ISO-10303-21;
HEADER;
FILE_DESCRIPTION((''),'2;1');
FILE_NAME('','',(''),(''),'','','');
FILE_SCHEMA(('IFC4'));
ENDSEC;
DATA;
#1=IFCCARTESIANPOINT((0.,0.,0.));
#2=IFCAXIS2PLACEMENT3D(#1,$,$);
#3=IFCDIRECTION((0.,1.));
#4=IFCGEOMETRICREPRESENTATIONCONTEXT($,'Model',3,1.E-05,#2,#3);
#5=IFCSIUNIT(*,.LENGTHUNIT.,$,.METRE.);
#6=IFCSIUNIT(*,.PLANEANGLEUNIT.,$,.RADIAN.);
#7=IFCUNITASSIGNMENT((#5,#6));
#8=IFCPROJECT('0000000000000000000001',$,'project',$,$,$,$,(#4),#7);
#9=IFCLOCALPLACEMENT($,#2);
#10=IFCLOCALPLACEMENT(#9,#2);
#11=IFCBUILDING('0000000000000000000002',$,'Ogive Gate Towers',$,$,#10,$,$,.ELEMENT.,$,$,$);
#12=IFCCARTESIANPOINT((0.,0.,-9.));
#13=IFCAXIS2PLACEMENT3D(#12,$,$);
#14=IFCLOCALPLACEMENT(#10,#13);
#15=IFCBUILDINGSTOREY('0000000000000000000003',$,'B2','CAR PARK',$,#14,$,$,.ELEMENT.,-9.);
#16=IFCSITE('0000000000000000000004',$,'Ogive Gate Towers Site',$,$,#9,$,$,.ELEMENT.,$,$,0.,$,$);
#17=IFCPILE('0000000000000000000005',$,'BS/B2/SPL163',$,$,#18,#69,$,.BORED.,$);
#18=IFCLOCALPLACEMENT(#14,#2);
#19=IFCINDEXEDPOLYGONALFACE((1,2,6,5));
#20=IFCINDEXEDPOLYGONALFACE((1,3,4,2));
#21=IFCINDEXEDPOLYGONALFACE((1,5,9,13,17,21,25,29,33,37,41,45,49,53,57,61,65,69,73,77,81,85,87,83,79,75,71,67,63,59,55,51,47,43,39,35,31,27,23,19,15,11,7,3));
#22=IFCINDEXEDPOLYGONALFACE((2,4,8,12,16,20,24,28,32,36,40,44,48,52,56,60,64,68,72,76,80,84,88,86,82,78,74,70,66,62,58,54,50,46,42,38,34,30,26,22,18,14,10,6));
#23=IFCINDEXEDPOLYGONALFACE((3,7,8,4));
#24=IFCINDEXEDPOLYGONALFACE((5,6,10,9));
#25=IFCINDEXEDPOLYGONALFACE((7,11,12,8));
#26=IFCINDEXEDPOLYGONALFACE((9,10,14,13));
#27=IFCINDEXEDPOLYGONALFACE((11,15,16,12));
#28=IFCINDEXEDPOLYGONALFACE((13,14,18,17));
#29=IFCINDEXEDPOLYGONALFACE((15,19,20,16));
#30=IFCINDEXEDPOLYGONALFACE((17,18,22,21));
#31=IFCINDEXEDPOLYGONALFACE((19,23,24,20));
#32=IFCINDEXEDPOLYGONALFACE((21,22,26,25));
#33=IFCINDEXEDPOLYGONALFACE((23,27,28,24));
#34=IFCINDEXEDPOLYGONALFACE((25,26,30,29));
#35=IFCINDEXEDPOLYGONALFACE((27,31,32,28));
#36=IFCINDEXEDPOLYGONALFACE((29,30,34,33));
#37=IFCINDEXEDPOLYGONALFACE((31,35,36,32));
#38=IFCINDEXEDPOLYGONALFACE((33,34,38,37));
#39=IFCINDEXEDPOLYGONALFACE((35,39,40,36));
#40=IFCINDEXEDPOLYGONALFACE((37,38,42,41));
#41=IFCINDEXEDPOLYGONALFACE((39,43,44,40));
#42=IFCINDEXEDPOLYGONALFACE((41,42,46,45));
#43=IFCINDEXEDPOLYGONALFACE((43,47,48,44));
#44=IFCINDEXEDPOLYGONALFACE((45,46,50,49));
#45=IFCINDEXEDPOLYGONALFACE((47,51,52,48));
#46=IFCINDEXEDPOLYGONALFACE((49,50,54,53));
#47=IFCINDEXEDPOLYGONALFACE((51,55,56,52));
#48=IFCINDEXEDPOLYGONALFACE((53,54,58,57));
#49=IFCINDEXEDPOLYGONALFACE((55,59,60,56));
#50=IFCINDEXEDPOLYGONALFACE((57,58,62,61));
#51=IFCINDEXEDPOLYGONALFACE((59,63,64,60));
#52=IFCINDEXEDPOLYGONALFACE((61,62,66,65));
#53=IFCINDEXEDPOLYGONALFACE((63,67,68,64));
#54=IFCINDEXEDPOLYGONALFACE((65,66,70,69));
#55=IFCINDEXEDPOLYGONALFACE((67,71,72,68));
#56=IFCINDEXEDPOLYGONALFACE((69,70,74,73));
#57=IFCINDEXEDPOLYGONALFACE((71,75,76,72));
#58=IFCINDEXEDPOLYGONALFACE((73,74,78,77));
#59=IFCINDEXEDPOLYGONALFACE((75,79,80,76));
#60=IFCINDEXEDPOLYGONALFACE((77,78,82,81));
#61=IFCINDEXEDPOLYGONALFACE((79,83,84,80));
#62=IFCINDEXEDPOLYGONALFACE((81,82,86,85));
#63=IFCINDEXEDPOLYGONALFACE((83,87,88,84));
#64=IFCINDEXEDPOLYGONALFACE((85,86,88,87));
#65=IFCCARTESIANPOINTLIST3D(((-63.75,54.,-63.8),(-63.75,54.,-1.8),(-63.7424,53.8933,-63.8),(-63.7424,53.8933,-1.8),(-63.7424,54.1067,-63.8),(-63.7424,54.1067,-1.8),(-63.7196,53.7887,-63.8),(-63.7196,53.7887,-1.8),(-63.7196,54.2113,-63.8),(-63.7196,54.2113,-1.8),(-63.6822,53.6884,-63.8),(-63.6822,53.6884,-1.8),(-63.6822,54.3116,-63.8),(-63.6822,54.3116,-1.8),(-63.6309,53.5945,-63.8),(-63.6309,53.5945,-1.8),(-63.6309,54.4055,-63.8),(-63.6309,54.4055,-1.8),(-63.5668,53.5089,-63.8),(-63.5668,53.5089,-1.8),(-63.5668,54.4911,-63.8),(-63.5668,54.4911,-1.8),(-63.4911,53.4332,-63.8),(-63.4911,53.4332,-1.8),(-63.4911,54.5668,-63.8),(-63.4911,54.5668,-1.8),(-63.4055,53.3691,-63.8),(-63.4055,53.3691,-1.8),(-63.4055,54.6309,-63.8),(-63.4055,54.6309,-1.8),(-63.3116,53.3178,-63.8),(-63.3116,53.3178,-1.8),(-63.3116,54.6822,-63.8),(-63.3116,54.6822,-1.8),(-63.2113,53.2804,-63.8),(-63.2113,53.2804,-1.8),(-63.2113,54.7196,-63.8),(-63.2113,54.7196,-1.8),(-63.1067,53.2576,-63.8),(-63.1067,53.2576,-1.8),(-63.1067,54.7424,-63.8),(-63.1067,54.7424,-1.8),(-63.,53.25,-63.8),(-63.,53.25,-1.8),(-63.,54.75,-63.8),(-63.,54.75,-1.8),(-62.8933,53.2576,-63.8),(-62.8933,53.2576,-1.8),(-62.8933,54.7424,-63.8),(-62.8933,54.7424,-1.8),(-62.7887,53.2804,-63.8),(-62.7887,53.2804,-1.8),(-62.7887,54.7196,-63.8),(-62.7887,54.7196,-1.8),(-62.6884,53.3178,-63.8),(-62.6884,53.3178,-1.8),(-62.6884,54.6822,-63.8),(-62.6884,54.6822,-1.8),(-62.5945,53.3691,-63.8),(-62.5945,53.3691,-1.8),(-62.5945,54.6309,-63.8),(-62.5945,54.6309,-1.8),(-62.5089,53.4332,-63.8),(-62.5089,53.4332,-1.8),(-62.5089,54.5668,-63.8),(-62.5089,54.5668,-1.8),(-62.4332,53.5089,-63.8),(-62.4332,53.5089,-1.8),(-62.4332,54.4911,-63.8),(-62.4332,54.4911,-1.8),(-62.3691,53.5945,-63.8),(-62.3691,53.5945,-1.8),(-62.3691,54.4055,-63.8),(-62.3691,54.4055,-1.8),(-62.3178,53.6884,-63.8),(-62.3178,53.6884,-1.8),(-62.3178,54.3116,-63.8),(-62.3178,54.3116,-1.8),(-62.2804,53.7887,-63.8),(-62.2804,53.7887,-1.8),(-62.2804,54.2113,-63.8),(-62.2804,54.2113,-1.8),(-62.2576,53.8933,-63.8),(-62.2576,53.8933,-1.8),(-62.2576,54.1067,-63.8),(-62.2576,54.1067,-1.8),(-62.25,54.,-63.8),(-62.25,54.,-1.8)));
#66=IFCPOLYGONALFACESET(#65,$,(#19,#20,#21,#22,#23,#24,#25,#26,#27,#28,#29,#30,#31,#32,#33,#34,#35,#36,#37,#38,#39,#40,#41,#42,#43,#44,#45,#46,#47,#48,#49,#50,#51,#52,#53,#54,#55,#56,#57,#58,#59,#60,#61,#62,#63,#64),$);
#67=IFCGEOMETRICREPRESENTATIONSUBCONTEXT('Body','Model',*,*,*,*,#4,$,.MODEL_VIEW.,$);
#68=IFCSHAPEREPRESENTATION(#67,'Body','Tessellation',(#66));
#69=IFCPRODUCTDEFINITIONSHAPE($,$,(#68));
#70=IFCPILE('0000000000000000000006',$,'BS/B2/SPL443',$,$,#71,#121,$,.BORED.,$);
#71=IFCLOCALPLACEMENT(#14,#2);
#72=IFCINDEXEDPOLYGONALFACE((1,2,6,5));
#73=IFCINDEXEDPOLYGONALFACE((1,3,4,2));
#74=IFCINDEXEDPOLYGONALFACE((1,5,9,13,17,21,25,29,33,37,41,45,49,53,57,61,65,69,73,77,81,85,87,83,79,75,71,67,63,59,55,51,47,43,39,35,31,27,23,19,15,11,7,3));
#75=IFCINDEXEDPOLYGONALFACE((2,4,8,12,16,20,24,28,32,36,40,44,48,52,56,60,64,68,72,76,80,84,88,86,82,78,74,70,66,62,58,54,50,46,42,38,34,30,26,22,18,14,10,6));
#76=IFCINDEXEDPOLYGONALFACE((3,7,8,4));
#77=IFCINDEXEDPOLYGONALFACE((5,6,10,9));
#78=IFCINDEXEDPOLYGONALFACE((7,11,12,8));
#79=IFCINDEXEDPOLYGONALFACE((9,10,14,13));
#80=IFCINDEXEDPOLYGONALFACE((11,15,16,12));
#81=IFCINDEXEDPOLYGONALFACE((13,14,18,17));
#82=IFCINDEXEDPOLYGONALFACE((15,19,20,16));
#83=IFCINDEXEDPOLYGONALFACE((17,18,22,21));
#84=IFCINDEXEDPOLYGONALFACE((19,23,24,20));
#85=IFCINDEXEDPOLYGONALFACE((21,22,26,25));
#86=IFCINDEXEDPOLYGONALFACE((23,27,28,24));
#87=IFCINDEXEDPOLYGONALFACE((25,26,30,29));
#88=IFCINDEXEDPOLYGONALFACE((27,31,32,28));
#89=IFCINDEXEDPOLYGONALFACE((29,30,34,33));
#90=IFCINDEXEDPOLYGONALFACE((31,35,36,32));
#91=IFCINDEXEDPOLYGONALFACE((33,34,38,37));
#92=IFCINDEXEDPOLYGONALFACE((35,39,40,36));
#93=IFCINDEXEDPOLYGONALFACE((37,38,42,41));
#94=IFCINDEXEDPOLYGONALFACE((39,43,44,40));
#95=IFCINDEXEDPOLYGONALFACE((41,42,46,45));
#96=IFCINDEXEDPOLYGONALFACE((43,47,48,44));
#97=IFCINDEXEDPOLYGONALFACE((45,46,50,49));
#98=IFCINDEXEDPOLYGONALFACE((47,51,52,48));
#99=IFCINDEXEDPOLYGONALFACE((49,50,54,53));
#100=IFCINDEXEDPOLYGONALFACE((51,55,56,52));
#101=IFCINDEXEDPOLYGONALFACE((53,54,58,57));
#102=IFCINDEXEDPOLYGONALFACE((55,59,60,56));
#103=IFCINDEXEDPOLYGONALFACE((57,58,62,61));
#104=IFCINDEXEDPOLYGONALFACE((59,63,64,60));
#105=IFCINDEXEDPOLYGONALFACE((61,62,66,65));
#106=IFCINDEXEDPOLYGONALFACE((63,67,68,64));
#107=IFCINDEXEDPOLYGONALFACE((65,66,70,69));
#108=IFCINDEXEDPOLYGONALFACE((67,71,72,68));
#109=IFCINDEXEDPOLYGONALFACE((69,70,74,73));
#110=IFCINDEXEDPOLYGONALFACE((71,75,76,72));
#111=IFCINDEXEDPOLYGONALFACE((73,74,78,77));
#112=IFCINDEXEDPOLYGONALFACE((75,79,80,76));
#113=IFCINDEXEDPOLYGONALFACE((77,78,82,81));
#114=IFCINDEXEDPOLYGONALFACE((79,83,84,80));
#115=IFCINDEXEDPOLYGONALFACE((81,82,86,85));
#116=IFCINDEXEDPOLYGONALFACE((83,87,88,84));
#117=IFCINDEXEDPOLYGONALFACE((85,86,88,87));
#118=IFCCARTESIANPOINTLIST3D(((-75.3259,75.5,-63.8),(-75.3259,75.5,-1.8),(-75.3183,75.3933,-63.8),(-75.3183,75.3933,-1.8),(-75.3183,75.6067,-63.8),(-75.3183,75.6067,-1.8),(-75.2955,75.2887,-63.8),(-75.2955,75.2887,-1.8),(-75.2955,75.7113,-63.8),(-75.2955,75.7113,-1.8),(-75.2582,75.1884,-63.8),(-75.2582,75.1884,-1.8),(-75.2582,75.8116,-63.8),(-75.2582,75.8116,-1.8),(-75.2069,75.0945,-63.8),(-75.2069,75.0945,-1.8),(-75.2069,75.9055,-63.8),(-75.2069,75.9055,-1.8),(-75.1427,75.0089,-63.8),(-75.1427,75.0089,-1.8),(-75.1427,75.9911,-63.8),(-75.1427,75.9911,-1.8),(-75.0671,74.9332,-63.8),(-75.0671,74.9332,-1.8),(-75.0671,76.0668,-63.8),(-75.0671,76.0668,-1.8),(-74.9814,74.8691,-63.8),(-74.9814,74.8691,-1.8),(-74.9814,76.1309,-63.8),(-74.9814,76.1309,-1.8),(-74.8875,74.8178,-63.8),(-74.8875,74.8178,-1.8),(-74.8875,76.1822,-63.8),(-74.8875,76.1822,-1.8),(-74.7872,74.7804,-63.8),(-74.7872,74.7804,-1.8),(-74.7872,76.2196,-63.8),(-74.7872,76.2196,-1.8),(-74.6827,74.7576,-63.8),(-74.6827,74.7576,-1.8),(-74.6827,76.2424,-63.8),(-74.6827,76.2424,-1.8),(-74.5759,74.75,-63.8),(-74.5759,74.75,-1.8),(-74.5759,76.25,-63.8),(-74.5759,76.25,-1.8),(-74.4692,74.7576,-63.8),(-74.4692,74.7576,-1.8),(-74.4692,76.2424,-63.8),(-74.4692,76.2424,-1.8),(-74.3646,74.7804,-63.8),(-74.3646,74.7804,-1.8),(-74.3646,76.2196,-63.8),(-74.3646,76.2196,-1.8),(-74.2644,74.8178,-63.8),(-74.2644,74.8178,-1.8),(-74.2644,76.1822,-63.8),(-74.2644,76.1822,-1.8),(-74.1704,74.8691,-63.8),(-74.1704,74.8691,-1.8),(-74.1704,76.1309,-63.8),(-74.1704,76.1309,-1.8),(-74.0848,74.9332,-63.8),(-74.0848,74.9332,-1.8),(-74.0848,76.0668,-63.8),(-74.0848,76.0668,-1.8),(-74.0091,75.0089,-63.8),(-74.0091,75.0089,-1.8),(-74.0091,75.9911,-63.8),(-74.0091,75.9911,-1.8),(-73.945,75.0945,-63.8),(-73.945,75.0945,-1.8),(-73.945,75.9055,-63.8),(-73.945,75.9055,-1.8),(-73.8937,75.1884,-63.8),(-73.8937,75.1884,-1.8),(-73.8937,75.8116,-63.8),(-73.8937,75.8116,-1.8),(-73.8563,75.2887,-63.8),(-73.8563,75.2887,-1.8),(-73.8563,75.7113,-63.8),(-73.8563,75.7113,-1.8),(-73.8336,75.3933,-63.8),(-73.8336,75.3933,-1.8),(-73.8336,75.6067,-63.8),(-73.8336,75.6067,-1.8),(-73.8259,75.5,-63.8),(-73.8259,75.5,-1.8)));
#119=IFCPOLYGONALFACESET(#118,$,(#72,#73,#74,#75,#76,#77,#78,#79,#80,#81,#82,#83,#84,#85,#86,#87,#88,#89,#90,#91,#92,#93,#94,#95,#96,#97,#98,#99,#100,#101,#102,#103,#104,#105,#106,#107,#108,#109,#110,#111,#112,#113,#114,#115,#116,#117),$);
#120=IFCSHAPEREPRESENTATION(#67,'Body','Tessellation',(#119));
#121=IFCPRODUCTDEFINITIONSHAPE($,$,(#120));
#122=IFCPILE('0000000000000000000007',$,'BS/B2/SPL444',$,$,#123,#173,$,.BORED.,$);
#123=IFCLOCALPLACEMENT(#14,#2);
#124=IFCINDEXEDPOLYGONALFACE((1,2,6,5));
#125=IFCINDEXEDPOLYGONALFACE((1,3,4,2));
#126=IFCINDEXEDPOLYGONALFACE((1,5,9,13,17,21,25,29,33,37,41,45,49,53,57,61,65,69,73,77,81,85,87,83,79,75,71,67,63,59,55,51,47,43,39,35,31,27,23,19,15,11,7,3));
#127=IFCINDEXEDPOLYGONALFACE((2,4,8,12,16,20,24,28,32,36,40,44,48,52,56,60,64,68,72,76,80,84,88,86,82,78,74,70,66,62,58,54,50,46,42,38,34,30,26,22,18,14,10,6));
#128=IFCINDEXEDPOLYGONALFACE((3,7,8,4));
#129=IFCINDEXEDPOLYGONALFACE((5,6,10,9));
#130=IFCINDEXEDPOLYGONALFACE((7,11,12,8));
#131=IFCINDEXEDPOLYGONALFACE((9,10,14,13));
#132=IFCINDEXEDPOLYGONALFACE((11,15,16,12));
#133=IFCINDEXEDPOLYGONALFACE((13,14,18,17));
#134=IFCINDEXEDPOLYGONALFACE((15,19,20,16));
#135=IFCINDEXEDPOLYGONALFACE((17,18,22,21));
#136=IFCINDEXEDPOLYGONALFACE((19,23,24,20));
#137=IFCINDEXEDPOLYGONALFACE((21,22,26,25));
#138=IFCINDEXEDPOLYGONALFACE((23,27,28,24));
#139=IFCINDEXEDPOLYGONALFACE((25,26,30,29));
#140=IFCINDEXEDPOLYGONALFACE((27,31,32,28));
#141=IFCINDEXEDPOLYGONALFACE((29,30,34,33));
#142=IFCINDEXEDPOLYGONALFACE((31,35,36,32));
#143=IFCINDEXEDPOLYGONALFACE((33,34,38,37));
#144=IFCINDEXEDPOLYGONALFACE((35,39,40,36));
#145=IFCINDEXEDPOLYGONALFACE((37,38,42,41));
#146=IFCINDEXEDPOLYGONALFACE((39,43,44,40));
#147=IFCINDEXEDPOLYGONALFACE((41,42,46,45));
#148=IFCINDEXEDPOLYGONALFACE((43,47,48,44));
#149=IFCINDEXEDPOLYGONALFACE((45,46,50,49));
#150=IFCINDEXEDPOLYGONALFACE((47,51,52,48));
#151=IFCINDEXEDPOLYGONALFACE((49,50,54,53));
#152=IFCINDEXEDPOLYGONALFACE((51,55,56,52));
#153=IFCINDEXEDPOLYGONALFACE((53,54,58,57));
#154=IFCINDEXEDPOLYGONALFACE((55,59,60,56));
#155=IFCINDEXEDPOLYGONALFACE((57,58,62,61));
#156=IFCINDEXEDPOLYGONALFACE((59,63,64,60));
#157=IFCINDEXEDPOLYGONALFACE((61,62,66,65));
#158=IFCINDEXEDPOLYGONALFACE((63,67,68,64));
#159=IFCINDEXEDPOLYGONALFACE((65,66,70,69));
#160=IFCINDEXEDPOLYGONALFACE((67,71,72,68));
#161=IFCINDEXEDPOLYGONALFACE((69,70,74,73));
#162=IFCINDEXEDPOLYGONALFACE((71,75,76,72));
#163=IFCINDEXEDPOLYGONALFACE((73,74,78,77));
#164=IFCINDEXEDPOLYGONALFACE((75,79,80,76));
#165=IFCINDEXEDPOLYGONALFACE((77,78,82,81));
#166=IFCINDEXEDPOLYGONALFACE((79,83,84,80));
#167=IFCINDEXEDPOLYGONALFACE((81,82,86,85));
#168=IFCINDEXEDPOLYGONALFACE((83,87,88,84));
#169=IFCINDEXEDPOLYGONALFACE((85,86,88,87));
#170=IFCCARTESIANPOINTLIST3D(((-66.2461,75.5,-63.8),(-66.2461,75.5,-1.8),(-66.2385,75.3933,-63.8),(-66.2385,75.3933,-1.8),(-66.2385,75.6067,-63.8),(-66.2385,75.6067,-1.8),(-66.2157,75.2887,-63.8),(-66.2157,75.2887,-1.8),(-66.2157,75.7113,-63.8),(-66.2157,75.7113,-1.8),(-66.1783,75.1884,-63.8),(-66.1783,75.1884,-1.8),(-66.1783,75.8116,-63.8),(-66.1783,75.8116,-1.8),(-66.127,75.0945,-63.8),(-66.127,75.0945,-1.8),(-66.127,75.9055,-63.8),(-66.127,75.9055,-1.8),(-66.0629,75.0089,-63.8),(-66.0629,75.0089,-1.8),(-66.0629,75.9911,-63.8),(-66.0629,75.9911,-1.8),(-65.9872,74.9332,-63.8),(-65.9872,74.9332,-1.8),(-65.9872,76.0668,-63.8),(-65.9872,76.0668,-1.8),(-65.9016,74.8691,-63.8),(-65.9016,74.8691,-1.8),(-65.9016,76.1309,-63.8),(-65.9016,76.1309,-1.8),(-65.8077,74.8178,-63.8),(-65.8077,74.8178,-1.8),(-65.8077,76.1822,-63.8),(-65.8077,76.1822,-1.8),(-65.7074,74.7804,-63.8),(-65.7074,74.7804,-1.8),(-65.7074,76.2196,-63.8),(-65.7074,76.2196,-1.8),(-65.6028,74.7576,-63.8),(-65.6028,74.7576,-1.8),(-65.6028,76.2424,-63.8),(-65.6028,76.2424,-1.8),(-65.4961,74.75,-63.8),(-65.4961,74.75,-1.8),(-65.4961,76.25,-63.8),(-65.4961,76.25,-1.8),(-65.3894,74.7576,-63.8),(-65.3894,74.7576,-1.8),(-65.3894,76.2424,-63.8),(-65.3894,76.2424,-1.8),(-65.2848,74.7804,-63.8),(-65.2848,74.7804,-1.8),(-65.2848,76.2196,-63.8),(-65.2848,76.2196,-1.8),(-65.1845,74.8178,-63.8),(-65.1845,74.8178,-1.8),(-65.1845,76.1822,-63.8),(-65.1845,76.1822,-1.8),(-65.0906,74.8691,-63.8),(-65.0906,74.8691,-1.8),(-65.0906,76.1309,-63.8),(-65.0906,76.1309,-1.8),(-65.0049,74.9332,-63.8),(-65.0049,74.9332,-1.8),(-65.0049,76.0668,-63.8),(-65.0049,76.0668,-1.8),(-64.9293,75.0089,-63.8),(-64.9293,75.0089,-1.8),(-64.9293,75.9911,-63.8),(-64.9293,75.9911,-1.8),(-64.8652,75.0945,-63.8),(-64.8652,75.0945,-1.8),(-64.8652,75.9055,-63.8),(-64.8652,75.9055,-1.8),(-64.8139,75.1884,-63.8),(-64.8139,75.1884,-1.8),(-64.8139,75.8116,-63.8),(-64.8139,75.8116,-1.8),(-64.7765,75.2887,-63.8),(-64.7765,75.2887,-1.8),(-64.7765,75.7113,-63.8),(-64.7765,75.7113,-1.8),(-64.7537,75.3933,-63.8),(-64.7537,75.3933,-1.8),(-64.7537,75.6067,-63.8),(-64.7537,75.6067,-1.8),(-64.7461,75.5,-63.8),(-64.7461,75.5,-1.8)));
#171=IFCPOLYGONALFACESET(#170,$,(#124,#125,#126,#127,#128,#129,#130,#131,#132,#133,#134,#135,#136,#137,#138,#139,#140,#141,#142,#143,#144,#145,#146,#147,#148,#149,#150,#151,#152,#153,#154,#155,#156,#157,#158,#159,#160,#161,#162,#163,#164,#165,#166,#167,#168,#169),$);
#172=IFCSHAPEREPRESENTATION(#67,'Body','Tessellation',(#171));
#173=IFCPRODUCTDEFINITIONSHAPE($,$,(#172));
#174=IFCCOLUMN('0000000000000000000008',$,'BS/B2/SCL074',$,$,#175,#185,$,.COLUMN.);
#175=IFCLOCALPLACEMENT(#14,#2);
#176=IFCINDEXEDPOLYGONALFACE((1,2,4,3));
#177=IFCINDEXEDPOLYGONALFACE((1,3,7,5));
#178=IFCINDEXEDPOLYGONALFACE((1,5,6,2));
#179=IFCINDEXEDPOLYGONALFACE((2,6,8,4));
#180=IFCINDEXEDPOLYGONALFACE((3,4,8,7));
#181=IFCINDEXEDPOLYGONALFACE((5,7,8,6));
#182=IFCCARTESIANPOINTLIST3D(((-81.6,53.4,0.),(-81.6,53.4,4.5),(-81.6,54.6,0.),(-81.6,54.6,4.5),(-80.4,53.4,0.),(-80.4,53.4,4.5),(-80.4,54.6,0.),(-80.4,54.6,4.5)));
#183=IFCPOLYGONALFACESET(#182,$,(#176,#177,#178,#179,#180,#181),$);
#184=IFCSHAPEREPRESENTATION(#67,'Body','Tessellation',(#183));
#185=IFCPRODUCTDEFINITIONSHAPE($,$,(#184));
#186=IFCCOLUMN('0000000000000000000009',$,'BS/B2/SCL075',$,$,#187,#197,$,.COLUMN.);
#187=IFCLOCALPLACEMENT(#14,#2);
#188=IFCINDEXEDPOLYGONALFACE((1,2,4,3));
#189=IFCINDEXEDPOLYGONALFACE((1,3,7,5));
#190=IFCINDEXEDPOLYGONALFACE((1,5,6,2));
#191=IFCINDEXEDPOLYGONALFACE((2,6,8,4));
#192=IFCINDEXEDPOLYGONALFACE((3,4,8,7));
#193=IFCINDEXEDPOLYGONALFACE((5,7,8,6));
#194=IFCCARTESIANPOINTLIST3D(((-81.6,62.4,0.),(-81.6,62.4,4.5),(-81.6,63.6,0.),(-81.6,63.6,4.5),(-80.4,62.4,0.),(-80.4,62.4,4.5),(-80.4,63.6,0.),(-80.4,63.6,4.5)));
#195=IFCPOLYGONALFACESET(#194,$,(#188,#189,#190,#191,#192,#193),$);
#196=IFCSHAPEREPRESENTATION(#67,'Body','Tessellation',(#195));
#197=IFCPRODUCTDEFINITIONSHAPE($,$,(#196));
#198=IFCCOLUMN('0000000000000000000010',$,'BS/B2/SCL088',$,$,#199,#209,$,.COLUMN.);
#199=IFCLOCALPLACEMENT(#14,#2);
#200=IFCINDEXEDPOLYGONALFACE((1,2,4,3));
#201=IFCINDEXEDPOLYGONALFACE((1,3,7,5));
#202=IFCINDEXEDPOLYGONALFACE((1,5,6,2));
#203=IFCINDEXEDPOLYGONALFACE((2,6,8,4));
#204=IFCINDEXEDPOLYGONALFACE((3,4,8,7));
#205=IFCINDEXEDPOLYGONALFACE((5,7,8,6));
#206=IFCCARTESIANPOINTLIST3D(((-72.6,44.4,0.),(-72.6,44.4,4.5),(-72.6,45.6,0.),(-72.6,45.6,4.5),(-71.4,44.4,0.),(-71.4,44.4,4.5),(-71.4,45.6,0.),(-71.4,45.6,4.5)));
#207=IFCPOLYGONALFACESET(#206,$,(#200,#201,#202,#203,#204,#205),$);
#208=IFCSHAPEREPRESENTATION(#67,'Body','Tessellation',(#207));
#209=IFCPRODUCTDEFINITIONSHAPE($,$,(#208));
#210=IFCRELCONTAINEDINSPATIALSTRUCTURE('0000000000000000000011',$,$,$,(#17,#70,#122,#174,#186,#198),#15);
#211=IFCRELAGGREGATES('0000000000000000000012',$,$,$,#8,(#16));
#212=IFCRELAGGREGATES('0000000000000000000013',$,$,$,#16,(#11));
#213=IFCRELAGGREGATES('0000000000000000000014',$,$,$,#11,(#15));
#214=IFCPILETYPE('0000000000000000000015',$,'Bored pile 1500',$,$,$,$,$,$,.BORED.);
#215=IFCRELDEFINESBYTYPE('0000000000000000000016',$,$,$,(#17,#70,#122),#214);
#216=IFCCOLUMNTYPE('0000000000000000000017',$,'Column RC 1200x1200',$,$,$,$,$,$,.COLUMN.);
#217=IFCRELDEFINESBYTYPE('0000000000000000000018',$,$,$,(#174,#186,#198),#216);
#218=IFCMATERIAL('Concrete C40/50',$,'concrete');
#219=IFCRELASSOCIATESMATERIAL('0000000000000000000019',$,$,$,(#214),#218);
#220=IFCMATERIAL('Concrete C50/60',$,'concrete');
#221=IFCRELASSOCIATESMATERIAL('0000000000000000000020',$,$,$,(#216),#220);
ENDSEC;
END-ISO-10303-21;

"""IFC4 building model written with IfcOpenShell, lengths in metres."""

from ifc_helpers import new_model, si_unit, direction, frame, origin, origin_2d, place, context, subcontext, project, spatial, rectangle, circle, extrude, material, material_profile, profile_set, type_object, element, save


model = new_model("IFC4")

# Units and contexts
model_context = context("Model", 3, precision=1e-05, world=origin(), true_north=direction((0.0, 1.0)))
body_context = subcontext(model_context, "Body", "Model", "MODEL_VIEW")
ifc_project = project(units=[si_unit("LENGTHUNIT", "METRE"), si_unit("PLANEANGLEUNIT", "RADIAN")], contexts=[model_context])

# Site, building, storey
site_placement = place(None, origin())
site = spatial("IfcSite", under=ifc_project, at=site_placement, Name="Ogive Gate Towers Site", CompositionType="ELEMENT", RefElevation=0.0)
building_placement = place(site_placement, origin())
building = spatial("IfcBuilding", under=site, at=building_placement, Name="Ogive Gate Towers", CompositionType="ELEMENT")
storey_placement = place(building_placement, frame((0.0, 0.0, -9.0)))
storey = spatial("IfcBuildingStorey", under=building, at=storey_placement, Name="B2", Description="CAR PARK", CompositionType="ELEMENT", Elevation=-9.0)

# Piles
ifc_material_1 = material(Name="Concrete C40/50", Category="concrete")
ifc_material_profile_1 = material_profile(ifc_material_1, circle(Radius=0.75, at=origin_2d()), Name="BP 1500")
ifc_profile_set_1 = profile_set([ifc_material_profile_1], Name="Concrete C40/50")
pile_type = type_object("IfcPileType", Name="Bored pile 1500", PredefinedType="BORED", material=ifc_profile_set_1)
for number, where, z_axis, x_axis, name in (
    (1, (-63.0, 54.0, -1.8), (0.0, 0.0, -1.0), (1.0, 0.0, 0.0), "BS/B2/SPL163"),
    (2, (-74.5759, 75.5, -1.8), (0.0, 0.0, -1.0), (1.0, 0.0, 0.0), "BS/B2/SPL443"),
    (3, (-65.4961, 75.5, -1.8), (0.0, 0.0, -1.0), (1.0, 0.0, 0.0), "BS/B2/SPL444"),
):
    element("IfcPile", number, at=place(storey_placement, frame(where, z_axis=z_axis, x_axis=x_axis)), inside=storey, type_object=pile_type, Name=name, PredefinedType="BORED", context=body_context, shape_type="SweptSolid", body=[
        extrude(circle(Radius=0.75, at=origin_2d()), origin(), (0.0, 0.0, 1.0), 62.0),
    ])

# Columns
ifc_material_2 = material(Name="Concrete C50/60", Category="concrete")
ifc_material_profile_2 = material_profile(ifc_material_2, rectangle(XDim=1.2, YDim=1.2, at=origin_2d()), Name="RC 1200x1200")
ifc_profile_set_2 = profile_set([ifc_material_profile_2], Name="Concrete C50/60")
column_type = type_object("IfcColumnType", Name="Column RC 1200x1200", PredefinedType="COLUMN", material=ifc_profile_set_2)
for number, where, z_axis, x_axis, name in (
    (4, (-81.0, 54.0, 0.0), (0.0, 0.0, 1.0), (1.0, 0.0, 0.0), "BS/B2/SCL074"),
    (5, (-81.0, 63.0, 0.0), (0.0, 0.0, 1.0), (1.0, 0.0, 0.0), "BS/B2/SCL075"),
    (6, (-72.0, 45.0, 0.0), (0.0, 0.0, 1.0), (1.0, 0.0, 0.0), "BS/B2/SCL088"),
):
    element("IfcColumn", number, at=place(storey_placement, frame(where, z_axis=z_axis, x_axis=x_axis)), inside=storey, type_object=column_type, Name=name, PredefinedType="COLUMN", context=body_context, shape_type="SweptSolid", body=[
        extrude(rectangle(XDim=1.2, YDim=1.2, at=origin_2d()), origin(), (0.0, 0.0, 1.0), 4.5),
    ])

save(model, "model.ifc")
